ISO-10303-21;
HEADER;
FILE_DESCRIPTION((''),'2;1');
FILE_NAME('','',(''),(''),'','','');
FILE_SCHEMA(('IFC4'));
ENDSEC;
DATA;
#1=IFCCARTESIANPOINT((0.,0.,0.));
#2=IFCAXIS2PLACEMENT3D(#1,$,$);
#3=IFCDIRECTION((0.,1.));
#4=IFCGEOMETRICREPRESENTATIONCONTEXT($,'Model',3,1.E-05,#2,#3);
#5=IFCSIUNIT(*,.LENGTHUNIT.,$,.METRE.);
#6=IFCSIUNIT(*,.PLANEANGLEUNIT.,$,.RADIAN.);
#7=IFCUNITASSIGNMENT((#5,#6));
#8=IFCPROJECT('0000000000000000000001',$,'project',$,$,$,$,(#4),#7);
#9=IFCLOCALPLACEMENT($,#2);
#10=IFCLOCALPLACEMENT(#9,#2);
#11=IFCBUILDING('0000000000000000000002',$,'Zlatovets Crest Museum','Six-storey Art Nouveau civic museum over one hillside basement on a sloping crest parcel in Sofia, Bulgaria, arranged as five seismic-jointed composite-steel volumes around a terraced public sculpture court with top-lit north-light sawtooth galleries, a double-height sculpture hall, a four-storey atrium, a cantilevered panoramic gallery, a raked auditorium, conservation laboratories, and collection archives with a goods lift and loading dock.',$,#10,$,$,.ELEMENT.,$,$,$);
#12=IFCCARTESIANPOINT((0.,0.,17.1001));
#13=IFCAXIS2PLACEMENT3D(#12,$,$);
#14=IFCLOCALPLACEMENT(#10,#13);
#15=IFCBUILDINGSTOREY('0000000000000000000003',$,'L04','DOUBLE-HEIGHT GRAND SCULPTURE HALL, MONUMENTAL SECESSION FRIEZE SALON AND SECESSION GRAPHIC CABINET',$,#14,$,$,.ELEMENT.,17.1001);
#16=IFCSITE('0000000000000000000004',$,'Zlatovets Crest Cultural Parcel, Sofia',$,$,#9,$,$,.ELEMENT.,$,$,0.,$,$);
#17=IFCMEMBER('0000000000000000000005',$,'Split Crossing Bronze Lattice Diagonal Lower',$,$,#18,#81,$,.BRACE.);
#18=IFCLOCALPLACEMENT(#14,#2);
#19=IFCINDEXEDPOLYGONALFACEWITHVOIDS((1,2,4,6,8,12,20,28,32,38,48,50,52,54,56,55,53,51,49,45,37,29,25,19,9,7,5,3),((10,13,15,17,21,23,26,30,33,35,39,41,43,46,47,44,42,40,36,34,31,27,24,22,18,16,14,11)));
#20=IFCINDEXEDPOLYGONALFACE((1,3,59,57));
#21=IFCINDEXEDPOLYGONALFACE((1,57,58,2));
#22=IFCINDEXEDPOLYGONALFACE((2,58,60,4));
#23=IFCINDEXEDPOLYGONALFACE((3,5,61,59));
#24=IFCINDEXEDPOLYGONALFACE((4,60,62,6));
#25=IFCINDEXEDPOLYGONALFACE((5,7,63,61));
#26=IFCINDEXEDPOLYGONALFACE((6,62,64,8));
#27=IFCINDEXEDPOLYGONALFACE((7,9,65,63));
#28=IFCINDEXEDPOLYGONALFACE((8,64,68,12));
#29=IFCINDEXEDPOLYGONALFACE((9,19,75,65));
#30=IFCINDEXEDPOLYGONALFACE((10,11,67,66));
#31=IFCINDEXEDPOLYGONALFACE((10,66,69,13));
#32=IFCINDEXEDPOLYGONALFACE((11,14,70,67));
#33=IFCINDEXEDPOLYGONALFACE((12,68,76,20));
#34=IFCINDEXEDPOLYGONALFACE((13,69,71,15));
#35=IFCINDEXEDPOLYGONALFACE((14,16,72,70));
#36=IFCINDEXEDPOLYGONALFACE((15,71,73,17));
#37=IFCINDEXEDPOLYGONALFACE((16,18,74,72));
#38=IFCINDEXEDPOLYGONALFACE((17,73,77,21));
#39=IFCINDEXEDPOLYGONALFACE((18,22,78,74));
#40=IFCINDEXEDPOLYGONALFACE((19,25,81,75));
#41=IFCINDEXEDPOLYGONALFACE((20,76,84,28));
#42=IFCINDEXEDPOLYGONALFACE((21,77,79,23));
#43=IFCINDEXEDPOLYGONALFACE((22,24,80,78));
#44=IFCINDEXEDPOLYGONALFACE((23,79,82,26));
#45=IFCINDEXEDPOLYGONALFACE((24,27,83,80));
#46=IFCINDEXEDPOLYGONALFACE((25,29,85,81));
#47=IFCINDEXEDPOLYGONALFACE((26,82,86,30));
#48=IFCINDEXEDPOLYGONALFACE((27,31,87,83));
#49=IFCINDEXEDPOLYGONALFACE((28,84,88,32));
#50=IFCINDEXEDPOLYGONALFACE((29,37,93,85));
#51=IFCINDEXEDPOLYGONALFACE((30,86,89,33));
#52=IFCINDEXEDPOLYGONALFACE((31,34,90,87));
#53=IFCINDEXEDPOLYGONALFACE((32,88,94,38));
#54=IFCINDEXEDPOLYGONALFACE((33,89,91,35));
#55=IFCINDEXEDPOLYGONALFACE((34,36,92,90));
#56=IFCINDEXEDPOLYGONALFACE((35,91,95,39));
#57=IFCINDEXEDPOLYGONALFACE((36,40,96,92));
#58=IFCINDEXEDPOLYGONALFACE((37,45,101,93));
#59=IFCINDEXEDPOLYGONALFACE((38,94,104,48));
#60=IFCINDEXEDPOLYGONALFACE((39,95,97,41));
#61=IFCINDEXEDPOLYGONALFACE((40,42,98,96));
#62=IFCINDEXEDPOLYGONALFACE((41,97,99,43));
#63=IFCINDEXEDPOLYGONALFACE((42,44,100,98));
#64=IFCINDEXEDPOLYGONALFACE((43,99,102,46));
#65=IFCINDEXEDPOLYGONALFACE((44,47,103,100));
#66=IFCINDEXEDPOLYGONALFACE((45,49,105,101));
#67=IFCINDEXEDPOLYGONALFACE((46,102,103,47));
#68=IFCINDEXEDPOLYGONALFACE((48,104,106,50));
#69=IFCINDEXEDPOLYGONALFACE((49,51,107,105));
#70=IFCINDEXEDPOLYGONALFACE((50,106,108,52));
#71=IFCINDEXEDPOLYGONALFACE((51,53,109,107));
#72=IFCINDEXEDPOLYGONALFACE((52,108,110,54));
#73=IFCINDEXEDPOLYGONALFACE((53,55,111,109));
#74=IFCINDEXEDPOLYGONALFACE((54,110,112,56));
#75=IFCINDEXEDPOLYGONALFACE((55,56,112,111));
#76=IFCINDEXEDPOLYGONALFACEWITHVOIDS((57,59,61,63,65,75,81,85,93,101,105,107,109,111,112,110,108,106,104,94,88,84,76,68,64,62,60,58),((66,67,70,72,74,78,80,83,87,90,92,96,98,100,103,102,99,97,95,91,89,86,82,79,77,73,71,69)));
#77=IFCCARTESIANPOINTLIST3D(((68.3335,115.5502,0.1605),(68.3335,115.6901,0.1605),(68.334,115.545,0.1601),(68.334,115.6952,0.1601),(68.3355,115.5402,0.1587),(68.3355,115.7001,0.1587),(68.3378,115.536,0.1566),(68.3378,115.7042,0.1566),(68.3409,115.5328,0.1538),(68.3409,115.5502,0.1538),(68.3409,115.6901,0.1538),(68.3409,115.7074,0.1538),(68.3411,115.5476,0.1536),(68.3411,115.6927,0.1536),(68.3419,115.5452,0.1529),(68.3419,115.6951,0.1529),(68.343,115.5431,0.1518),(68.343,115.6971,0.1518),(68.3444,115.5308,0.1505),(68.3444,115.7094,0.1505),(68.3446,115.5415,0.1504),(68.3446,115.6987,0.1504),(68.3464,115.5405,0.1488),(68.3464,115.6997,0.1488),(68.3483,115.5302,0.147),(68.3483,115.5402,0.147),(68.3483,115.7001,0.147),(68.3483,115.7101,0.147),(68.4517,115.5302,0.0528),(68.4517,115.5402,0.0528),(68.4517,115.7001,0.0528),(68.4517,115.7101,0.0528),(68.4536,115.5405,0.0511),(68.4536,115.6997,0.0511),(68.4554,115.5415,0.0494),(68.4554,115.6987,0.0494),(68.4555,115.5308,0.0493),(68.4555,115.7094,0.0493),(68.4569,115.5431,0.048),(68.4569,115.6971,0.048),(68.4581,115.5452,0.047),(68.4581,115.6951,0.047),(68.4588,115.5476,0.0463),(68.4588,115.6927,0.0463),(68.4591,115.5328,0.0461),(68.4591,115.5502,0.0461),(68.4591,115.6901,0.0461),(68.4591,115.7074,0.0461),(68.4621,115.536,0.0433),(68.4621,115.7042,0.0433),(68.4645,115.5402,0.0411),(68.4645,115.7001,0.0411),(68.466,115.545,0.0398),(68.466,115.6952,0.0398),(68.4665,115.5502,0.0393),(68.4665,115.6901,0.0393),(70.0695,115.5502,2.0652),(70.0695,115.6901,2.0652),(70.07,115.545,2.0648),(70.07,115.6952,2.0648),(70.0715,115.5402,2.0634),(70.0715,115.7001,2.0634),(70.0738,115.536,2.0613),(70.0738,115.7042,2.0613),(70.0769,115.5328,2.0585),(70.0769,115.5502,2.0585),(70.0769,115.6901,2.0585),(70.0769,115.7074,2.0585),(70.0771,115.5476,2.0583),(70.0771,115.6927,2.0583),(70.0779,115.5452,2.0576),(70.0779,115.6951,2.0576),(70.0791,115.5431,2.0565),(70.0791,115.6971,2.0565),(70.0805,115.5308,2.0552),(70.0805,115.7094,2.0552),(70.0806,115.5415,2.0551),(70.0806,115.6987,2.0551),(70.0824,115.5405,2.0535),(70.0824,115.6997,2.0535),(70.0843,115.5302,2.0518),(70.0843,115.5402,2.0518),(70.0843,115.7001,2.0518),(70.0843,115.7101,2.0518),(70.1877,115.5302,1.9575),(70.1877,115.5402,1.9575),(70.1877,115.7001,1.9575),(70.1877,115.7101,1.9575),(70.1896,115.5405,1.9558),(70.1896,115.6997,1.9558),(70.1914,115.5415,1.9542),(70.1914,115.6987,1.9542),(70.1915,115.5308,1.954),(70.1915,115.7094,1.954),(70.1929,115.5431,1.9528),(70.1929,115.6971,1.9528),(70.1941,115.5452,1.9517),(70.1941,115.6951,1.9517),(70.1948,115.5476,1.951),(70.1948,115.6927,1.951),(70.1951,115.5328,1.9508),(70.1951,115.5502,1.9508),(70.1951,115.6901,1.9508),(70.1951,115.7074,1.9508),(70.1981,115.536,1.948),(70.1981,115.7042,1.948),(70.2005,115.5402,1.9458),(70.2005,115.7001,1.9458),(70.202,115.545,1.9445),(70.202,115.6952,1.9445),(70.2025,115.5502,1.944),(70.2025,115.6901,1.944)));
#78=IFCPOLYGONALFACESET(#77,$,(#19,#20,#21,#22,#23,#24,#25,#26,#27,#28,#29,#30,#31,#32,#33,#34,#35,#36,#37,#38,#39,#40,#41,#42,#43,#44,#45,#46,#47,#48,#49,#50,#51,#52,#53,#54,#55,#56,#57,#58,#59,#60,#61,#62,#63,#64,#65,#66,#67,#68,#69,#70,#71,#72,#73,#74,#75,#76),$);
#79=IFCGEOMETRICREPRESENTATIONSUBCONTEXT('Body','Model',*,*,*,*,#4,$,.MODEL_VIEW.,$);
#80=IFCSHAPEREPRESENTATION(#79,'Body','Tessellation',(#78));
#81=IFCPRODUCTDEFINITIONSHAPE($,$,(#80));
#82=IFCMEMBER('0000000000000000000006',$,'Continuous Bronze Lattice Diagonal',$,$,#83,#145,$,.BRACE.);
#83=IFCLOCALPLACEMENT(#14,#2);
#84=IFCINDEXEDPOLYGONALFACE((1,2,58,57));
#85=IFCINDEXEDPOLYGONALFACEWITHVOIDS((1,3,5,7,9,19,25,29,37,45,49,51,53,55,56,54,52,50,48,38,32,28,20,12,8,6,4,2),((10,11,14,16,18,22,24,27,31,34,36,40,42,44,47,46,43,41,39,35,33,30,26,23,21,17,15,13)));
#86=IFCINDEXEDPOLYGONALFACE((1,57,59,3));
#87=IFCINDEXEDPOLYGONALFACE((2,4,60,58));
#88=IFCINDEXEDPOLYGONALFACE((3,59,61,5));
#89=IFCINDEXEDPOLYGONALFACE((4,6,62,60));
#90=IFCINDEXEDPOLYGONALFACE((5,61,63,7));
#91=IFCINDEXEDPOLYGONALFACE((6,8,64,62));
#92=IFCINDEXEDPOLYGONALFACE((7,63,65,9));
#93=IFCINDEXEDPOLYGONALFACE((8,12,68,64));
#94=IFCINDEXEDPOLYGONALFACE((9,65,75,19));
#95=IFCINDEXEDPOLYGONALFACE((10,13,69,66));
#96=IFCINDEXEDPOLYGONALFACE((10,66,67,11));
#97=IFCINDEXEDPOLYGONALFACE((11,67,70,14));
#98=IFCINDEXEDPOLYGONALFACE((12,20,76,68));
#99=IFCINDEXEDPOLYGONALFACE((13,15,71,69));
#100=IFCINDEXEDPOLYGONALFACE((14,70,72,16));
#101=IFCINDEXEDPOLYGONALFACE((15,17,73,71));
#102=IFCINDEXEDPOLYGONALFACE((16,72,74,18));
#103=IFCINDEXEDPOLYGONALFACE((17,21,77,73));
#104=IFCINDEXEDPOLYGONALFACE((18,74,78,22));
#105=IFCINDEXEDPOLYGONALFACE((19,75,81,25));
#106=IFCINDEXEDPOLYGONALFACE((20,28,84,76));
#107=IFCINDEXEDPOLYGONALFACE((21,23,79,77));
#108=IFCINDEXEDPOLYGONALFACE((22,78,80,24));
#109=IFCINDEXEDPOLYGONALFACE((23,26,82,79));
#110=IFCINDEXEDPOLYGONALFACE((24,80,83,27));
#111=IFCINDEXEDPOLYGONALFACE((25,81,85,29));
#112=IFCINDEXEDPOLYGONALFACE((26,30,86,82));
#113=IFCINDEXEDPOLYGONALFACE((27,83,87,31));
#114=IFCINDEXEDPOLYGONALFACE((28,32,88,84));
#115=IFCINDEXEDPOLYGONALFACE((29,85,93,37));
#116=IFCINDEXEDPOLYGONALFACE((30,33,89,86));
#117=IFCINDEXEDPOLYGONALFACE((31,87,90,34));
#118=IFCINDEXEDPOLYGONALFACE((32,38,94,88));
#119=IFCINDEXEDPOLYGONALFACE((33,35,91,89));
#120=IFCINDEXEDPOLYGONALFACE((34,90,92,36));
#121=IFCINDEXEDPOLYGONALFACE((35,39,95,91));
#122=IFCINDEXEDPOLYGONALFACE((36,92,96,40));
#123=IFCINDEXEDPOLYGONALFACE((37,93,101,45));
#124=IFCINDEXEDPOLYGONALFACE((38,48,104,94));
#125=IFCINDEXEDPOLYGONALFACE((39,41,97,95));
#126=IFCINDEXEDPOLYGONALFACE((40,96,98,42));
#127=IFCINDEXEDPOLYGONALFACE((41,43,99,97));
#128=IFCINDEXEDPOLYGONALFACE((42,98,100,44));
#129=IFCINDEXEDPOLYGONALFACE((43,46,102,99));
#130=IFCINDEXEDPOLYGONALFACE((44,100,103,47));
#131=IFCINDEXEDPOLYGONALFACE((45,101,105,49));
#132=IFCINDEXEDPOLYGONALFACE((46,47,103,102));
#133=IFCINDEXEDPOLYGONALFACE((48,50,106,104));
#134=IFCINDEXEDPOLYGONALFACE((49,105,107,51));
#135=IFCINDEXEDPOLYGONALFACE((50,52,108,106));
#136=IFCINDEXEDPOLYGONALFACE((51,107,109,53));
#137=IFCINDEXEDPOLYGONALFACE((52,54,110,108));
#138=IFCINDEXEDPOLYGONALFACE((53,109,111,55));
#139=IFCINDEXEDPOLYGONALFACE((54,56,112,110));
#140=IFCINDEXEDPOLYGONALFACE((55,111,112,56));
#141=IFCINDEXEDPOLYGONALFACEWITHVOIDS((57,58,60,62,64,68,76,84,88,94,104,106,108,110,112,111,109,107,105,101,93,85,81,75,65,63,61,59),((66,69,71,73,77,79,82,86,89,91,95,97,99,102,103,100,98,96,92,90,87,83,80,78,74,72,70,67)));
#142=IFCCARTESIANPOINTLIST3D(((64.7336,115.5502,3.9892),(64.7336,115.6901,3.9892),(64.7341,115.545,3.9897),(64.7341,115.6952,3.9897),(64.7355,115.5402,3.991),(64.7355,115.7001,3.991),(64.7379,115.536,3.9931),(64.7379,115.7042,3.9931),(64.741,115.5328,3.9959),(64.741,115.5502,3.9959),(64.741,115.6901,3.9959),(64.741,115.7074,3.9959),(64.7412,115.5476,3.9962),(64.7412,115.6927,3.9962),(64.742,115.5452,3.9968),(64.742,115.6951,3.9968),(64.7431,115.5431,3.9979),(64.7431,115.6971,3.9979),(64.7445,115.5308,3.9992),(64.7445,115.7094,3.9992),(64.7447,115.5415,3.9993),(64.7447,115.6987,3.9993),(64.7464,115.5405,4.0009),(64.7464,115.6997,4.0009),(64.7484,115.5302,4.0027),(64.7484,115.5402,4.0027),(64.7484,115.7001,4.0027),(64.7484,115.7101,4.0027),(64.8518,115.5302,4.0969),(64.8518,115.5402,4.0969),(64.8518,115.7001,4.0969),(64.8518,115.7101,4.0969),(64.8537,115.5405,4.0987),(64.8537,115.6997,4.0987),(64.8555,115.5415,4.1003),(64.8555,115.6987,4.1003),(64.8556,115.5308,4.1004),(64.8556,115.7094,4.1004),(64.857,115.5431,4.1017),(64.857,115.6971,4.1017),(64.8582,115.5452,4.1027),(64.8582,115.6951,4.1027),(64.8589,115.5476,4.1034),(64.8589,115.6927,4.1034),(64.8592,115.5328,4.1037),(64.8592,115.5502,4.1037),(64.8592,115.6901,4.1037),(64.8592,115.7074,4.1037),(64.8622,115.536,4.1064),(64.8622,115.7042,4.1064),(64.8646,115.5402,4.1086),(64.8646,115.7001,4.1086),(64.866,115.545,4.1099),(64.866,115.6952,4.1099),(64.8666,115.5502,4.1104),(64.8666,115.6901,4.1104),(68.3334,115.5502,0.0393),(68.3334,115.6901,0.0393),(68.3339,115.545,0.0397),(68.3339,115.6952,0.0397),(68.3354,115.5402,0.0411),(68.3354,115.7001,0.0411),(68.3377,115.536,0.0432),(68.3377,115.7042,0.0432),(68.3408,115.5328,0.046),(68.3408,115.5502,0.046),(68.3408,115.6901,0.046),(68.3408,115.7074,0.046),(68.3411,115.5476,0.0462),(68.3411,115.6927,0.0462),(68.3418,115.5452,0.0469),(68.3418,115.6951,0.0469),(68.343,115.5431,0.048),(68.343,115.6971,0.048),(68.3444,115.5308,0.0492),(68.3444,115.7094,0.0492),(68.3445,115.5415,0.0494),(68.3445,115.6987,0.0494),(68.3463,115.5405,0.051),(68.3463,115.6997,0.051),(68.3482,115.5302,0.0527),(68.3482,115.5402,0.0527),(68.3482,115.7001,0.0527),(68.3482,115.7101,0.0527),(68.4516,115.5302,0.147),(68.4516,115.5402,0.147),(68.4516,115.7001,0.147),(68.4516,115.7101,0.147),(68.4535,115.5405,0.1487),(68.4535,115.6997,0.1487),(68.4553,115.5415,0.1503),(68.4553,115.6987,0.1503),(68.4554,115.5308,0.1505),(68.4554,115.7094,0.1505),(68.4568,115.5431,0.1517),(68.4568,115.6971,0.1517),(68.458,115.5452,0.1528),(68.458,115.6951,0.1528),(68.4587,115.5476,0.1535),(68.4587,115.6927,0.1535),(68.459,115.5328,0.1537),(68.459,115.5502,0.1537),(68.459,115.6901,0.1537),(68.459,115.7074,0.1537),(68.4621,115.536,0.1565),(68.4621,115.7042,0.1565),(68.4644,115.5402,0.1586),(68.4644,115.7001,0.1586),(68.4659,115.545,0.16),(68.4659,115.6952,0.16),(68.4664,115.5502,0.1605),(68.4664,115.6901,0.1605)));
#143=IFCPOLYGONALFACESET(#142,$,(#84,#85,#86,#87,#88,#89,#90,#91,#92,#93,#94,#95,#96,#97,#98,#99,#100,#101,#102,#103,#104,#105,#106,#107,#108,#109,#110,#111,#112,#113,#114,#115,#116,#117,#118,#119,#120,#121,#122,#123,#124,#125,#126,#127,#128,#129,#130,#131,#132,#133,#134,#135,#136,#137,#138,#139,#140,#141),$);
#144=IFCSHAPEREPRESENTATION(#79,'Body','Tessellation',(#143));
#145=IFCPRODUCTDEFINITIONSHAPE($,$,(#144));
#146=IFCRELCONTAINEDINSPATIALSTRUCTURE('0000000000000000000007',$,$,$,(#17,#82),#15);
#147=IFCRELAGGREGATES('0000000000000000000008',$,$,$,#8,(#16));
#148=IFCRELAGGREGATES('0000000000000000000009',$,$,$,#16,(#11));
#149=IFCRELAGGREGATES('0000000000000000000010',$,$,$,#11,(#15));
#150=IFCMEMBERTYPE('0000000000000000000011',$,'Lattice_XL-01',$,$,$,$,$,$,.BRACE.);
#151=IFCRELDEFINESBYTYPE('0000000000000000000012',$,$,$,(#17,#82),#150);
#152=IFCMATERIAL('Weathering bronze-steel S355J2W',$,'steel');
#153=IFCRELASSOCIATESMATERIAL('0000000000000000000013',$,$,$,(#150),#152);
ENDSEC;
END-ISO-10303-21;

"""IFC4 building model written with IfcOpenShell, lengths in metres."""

from ifc_helpers import new_model, si_unit, direction, frame, origin, origin_2d, place, context, subcontext, project, spatial, hollow_rectangle, extrude, material, material_profile, profile_set, type_object, element, save


model = new_model("IFC4")

# Units and contexts
model_context = context("Model", 3, precision=1e-05, world=origin(), true_north=direction((0.0, 1.0)))
body_context = subcontext(model_context, "Body", "Model", "MODEL_VIEW")
ifc_project = project(units=[si_unit("LENGTHUNIT", "METRE"), si_unit("PLANEANGLEUNIT", "RADIAN")], contexts=[model_context])

# Site, building, storey
site_placement = place(None, origin())
site = spatial("IfcSite", under=ifc_project, at=site_placement, Name="Zlatovets Crest Cultural Parcel, Sofia", CompositionType="ELEMENT", RefElevation=0.0)
building_placement = place(site_placement, origin())
building = spatial("IfcBuilding", under=site, at=building_placement, Name="Zlatovets Crest Museum", Description="Six-storey Art Nouveau civic museum over one hillside basement on a sloping crest parcel in Sofia, Bulgaria, arranged as five seismic-jointed composite-steel volumes around a terraced public sculpture court with top-lit north-light sawtooth galleries, a double-height sculpture hall, a four-storey atrium, a cantilevered panoramic gallery, a raked auditorium, conservation laboratories, and collection archives with a goods lift and loading dock.", CompositionType="ELEMENT")
storey_placement = place(building_placement, frame((0.0, 0.0, 17.1001)))
storey = spatial("IfcBuildingStorey", under=building, at=storey_placement, Name="L04", Description="DOUBLE-HEIGHT GRAND SCULPTURE HALL, MONUMENTAL SECESSION FRIEZE SALON AND SECESSION GRAPHIC CABINET", CompositionType="ELEMENT", Elevation=17.1001)

# Members
ifc_material_1 = material(Name="Weathering bronze-steel S355J2W", Category="steel")
ifc_material_profile_1 = material_profile(ifc_material_1, hollow_rectangle(XDim=0.1799, YDim=0.1799, WallThickness=0.01, InnerFilletRadius=0.01, OuterFilletRadius=0.02, at=origin_2d()), Name="SHS 180x180x10.0")
ifc_profile_set_1 = profile_set([ifc_material_profile_1], Name="Weathering bronze-steel S355J2W")
member_type_1 = type_object("IfcMemberType", Name="Lattice_XL-01", PredefinedType="BRACE", material=ifc_profile_set_1)
for number, where, z_axis, x_axis, name in (
    (1, (70.136, 115.6201, 2.0046), (-0.67362, 0.0, -0.739078), (0.0, -1.0, 0.0), "Split Crossing Bronze Lattice Diagonal Lower"),
):
    element("IfcMember", number, at=place(storey_placement, frame(where, z_axis=z_axis, x_axis=x_axis)), inside=storey, type_object=member_type_1, Name=name, PredefinedType="BRACE", context=body_context, shape_type="SweptSolid", body=[
        extrude(hollow_rectangle(XDim=0.1799, YDim=0.1799, WallThickness=0.01, InnerFilletRadius=0.01, OuterFilletRadius=0.02, at=origin_2d()), origin(), (0.0, 0.0, 1.0), 2.5771),
    ])
member_1_placement = place(storey_placement, frame((68.3999, 115.6201, 0.0999), z_axis=(-0.673593, 0.0, 0.739102), x_axis=(0.0, -1.0, 0.0)))
element("IfcMember", 2, at=member_1_placement, inside=storey, type_object=member_type_1, Name="Continuous Bronze Lattice Diagonal", PredefinedType="BRACE", context=body_context, shape_type="SweptSolid", body=[
    extrude(hollow_rectangle(XDim=0.1799, YDim=0.1799, WallThickness=0.01, InnerFilletRadius=0.01, OuterFilletRadius=0.02, at=origin_2d()), origin(), (0.0, 0.0, 1.0), 5.3442),
])

save(model, "model.ifc")
